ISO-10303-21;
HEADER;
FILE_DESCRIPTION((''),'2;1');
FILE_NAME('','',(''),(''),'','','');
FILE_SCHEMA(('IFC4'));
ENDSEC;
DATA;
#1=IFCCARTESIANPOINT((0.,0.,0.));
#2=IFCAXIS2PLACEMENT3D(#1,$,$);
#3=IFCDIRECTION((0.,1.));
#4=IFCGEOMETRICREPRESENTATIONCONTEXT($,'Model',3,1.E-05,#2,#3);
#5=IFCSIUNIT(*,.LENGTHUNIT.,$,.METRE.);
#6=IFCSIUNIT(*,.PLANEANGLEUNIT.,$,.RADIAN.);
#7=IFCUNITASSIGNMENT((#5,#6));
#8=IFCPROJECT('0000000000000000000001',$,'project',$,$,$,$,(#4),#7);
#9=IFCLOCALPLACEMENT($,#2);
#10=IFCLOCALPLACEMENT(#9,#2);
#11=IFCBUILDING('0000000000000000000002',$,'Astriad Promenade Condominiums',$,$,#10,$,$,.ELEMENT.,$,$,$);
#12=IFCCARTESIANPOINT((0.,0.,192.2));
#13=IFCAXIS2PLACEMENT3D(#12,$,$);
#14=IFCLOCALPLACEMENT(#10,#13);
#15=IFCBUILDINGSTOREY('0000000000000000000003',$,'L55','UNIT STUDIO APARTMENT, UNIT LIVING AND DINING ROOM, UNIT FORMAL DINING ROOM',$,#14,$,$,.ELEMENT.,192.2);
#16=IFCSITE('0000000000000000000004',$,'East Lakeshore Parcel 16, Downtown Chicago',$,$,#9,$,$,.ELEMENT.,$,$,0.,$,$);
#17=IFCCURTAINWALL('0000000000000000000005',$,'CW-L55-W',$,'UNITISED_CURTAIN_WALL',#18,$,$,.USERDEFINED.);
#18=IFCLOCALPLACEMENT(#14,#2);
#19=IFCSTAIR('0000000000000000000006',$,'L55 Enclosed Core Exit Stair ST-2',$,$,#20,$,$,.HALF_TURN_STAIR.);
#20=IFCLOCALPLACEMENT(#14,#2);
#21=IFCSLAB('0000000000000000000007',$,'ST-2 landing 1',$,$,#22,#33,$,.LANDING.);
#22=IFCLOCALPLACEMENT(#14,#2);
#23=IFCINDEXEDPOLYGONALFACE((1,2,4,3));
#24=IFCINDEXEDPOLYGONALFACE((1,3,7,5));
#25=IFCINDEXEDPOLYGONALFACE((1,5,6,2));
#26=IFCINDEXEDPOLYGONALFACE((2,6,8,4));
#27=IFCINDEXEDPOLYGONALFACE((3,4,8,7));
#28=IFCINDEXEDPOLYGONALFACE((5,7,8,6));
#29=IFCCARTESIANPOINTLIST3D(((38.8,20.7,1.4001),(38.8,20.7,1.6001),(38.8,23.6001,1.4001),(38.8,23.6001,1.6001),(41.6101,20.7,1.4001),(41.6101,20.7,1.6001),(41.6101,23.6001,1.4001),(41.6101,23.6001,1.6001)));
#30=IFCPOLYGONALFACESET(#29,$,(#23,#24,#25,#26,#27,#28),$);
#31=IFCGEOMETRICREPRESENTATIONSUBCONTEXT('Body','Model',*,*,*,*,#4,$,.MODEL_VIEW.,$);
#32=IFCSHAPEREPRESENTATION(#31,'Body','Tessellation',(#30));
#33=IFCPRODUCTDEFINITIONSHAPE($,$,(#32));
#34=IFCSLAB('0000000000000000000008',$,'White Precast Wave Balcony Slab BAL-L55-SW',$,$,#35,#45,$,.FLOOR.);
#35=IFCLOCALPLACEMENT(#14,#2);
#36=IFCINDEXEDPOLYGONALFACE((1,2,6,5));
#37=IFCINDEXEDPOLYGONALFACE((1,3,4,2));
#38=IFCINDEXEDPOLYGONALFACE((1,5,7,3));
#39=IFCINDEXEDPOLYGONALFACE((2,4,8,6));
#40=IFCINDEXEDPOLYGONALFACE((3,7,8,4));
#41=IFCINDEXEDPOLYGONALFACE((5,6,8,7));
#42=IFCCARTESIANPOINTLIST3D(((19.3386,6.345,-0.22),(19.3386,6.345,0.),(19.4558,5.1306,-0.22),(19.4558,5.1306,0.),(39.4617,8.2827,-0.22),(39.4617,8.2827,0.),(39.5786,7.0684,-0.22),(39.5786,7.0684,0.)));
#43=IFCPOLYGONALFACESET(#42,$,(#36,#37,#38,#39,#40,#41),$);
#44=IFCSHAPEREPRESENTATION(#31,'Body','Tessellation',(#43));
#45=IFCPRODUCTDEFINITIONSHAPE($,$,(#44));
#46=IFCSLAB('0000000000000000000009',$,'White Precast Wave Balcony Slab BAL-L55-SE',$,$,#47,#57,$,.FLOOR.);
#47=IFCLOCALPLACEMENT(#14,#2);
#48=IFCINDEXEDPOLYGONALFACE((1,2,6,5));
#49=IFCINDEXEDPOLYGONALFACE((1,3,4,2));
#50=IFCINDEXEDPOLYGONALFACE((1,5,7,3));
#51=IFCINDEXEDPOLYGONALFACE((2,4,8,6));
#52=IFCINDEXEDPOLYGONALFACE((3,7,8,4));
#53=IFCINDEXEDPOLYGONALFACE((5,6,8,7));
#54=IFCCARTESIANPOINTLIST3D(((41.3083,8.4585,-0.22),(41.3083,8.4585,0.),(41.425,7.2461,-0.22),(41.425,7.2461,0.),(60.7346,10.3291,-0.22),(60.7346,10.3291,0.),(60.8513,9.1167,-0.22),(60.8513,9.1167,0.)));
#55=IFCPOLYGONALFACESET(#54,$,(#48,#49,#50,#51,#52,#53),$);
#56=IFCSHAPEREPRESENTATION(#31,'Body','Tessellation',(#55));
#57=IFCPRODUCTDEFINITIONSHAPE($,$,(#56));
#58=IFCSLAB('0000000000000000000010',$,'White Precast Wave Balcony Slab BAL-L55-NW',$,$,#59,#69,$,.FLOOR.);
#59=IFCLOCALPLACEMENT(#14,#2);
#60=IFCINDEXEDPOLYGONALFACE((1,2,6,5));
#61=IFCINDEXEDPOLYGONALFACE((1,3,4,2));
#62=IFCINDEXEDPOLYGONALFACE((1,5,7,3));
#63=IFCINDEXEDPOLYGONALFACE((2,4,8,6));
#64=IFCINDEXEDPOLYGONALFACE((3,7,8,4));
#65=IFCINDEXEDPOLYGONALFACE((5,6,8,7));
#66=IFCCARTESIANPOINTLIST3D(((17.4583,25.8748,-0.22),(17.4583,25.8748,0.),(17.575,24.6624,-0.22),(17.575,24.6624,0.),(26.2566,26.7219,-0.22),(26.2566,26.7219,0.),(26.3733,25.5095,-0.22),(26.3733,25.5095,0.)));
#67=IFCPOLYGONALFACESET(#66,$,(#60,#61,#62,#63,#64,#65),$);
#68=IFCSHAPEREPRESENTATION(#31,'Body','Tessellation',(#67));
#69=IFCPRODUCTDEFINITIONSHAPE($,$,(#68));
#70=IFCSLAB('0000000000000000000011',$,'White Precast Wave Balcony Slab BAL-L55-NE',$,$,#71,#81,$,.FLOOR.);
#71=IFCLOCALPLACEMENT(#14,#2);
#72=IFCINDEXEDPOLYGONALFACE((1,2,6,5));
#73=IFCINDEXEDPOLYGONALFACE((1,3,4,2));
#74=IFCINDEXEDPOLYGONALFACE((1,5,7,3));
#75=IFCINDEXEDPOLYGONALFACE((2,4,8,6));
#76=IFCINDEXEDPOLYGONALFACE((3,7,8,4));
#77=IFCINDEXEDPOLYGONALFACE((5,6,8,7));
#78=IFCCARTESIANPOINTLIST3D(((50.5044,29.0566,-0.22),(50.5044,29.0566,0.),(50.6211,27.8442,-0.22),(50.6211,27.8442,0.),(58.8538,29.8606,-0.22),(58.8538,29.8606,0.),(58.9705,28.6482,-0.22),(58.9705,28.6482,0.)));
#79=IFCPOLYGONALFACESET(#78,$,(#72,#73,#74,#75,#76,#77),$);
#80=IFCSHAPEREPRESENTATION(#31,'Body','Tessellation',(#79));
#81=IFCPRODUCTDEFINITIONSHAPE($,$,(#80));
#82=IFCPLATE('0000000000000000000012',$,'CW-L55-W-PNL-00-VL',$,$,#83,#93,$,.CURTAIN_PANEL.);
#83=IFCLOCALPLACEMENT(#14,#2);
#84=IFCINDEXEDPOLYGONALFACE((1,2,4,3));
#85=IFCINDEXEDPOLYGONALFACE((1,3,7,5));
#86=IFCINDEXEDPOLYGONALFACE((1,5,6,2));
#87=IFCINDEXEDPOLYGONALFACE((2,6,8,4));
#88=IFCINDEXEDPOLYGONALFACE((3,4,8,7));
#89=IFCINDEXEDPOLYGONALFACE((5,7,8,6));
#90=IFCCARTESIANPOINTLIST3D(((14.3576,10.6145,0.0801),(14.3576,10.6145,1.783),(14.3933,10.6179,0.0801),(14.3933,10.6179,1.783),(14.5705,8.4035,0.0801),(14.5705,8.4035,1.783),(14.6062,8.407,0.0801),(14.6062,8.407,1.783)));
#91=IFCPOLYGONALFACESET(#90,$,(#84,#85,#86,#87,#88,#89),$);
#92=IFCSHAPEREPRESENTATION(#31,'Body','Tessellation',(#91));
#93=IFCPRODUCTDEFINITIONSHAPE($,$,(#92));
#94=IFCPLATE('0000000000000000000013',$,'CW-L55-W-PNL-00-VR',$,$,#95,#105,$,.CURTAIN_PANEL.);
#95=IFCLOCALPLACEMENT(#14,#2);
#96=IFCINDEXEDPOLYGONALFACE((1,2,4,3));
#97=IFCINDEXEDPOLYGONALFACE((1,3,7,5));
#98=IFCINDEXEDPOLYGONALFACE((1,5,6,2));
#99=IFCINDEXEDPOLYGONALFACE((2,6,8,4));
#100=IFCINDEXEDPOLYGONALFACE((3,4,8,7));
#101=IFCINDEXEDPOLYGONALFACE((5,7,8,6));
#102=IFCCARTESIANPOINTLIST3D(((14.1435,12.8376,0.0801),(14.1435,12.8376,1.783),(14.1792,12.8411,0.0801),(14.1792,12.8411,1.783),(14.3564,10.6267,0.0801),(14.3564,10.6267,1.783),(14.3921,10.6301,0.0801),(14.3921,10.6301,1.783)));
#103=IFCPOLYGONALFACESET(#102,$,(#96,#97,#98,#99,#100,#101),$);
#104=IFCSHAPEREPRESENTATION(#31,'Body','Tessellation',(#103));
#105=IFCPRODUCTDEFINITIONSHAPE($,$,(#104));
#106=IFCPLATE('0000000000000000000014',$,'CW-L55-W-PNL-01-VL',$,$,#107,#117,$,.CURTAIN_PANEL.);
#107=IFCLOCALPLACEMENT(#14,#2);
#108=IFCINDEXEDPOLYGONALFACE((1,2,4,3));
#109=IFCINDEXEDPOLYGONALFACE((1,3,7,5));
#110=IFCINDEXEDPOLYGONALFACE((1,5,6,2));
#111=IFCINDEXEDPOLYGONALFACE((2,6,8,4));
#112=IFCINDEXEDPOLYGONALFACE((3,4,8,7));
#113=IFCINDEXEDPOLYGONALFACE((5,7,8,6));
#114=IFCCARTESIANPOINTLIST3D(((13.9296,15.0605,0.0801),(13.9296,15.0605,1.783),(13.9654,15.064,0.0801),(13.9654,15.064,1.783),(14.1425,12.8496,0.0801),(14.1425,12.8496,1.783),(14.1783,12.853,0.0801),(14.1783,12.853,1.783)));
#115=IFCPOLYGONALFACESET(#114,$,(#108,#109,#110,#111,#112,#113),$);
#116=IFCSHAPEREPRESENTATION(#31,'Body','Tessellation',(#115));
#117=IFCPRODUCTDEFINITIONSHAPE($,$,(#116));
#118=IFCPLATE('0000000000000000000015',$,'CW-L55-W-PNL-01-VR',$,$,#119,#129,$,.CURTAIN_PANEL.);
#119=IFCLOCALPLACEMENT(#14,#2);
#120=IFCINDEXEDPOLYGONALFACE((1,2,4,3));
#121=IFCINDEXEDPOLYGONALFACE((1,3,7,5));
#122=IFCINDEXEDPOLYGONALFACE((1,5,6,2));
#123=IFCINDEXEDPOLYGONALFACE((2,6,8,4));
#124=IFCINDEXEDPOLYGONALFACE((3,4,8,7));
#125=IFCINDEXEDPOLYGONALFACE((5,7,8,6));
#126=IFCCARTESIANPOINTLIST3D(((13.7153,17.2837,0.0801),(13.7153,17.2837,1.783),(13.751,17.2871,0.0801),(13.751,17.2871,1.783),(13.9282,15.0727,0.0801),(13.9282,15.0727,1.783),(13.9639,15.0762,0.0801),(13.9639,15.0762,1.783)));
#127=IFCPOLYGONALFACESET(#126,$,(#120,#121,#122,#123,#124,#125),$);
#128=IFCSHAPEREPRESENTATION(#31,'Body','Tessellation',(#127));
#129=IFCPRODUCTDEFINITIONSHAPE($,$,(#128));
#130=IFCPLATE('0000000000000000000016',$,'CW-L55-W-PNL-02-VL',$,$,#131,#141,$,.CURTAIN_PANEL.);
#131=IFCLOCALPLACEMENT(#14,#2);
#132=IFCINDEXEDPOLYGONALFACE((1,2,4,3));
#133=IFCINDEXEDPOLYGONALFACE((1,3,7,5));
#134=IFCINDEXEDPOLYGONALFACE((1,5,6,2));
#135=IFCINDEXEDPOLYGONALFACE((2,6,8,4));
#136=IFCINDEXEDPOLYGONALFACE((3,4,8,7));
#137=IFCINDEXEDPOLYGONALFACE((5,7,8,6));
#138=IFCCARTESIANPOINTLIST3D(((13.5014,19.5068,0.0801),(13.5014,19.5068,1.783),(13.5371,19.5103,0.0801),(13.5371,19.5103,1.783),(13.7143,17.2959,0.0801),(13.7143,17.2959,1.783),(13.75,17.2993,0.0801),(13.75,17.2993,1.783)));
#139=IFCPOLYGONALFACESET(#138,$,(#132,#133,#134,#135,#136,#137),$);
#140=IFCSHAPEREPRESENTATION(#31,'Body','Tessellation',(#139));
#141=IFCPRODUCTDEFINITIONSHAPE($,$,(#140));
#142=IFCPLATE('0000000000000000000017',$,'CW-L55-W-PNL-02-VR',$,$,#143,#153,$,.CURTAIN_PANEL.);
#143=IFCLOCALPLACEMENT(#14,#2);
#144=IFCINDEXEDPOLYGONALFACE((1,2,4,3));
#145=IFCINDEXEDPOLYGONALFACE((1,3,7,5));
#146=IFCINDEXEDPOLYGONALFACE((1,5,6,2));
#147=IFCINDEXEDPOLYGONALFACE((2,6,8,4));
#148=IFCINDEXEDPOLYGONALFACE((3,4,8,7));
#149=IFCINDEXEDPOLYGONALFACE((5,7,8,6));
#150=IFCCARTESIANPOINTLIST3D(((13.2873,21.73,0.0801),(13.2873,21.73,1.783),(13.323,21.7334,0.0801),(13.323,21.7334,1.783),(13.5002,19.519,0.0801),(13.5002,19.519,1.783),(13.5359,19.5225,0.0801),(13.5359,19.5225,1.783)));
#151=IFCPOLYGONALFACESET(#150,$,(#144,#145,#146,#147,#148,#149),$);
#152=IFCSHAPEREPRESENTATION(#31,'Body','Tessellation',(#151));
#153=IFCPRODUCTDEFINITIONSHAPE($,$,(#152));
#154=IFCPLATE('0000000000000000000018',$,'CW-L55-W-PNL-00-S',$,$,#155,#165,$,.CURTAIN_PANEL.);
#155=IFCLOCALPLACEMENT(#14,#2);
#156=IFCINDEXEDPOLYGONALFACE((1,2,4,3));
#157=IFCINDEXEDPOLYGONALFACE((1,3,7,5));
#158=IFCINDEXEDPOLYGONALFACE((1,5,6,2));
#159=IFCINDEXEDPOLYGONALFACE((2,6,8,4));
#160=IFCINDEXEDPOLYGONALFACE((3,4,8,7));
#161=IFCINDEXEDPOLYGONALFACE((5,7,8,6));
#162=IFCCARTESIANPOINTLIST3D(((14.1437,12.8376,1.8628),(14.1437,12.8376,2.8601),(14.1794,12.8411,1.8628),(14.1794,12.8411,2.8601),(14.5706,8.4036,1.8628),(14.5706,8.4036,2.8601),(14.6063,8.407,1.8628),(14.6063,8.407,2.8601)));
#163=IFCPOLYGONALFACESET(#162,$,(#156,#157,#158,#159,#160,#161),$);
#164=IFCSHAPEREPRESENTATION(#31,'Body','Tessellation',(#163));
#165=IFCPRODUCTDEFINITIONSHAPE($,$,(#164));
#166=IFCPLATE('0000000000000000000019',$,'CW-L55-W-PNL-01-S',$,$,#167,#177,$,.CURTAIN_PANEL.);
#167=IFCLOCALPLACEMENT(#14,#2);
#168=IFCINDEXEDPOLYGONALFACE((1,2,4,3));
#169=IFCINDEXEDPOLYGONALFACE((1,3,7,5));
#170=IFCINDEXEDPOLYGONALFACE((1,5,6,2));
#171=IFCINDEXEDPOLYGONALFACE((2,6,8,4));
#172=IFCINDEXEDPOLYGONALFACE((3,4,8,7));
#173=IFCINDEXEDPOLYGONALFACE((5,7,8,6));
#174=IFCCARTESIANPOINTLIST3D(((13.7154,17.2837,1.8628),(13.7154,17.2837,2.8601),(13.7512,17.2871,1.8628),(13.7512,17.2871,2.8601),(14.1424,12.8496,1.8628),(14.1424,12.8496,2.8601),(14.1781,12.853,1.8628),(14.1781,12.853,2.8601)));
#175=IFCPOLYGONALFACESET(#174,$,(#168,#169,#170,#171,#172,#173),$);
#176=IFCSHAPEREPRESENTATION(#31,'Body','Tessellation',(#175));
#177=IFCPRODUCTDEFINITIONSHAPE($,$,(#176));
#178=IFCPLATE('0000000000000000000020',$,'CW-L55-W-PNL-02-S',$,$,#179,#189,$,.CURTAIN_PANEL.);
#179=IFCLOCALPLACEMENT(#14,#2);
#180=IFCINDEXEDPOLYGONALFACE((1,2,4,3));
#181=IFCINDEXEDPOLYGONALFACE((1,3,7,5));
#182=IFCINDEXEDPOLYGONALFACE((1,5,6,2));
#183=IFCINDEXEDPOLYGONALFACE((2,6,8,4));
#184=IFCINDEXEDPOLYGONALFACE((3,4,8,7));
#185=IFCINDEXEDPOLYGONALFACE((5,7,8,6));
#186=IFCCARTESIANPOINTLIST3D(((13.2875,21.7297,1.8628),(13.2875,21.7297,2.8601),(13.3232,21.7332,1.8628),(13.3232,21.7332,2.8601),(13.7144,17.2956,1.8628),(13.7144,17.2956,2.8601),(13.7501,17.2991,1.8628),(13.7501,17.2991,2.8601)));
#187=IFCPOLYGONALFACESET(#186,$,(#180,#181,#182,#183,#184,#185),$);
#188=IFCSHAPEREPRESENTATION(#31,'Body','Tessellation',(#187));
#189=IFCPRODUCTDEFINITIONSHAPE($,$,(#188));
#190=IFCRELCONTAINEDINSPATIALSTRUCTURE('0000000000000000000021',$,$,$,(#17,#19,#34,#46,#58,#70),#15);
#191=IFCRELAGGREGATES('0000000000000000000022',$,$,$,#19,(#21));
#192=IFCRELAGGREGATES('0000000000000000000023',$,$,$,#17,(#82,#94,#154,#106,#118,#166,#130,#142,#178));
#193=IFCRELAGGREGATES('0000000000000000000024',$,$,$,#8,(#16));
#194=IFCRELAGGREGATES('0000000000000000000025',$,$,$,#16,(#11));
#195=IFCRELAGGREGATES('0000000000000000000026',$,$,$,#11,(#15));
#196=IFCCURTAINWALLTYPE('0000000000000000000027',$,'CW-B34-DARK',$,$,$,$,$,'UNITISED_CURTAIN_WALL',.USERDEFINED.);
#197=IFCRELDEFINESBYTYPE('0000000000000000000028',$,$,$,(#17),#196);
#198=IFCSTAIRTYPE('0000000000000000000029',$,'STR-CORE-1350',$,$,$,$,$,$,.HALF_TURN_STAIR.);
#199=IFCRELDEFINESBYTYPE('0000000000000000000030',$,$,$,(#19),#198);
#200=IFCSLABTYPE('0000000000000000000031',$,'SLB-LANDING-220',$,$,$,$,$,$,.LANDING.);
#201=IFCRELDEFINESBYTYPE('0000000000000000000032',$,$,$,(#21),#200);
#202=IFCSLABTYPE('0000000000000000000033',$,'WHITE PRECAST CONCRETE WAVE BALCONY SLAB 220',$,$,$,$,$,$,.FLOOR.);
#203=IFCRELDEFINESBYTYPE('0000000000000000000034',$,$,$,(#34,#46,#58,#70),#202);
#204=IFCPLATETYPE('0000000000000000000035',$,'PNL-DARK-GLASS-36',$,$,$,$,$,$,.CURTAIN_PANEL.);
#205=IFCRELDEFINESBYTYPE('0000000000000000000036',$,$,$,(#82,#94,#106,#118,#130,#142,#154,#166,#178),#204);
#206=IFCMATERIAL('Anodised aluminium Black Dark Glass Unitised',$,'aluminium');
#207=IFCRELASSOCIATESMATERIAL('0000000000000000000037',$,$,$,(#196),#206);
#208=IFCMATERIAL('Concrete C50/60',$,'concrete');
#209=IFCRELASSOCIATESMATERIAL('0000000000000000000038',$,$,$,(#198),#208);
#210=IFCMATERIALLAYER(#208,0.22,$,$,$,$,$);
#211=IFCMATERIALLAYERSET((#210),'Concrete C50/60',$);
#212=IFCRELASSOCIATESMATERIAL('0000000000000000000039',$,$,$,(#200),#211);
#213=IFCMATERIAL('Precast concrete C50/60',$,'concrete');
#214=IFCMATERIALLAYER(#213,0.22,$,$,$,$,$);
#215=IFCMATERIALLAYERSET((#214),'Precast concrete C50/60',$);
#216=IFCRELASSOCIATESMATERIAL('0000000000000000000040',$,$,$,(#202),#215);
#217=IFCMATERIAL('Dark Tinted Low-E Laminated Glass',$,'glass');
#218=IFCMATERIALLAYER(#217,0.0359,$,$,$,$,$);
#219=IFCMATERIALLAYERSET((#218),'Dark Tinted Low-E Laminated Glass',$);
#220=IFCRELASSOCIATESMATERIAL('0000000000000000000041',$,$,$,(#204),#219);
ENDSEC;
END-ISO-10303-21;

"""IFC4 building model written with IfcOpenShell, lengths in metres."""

from ifc_helpers import new_model, si_unit, direction, frame, origin, origin_2d, place, context, subcontext, project, spatial, polyline, rectangle, outline, extrude, source, transform, mapped, material, layer, layer_set, type_object, type_shapes, element, aggregate, save


model = new_model("IFC4")

# Units and contexts
model_context = context("Model", 3, precision=1e-05, world=origin(), true_north=direction((0.0, 1.0)))
body_context = subcontext(model_context, "Body", "Model", "MODEL_VIEW")
ifc_project = project(units=[si_unit("LENGTHUNIT", "METRE"), si_unit("PLANEANGLEUNIT", "RADIAN")], contexts=[model_context])

# Site, building, storey
site_placement = place(None, origin())
site = spatial("IfcSite", under=ifc_project, at=site_placement, Name="East Lakeshore Parcel 16, Downtown Chicago", CompositionType="ELEMENT", RefElevation=0.0)
building_placement = place(site_placement, origin())
building = spatial("IfcBuilding", under=site, at=building_placement, Name="Astriad Promenade Condominiums", CompositionType="ELEMENT")
storey_placement = place(building_placement, frame((0.0, 0.0, 192.2)))
storey = spatial("IfcBuildingStorey", under=building, at=storey_placement, Name="L55", Description="UNIT STUDIO APARTMENT, UNIT LIVING AND DINING ROOM, UNIT FORMAL DINING ROOM", CompositionType="ELEMENT", Elevation=192.2)

# Curtain wall
ifc_material_1 = material(Name="Anodised aluminium Black Dark Glass Unitised", Category="aluminium")
curtain_wall_type = type_object("IfcCurtainWallType", Name="CW-B34-DARK", ElementType="UNITISED_CURTAIN_WALL", PredefinedType="USERDEFINED", material=ifc_material_1)
curtain_wall_placement = place(storey_placement, origin())
curtain_wall = element("IfcCurtainWall", 1, at=curtain_wall_placement, inside=storey, type_object=curtain_wall_type, Name="CW-L55-W", ObjectType="UNITISED_CURTAIN_WALL", PredefinedType="USERDEFINED")

# Shared definitions
ifc_material_2 = material(Name="Concrete C50/60", Category="concrete")

# Stair, slab
stair_type = type_object("IfcStairType", Name="STR-CORE-1350", PredefinedType="HALF_TURN_STAIR", material=ifc_material_2)
ifc_layer_1 = layer(ifc_material_2, 0.22)
ifc_layer_set_1 = layer_set([ifc_layer_1], Name="Concrete C50/60")
slab_type_1 = type_object("IfcSlabType", Name="SLB-LANDING-220", PredefinedType="LANDING", material=ifc_layer_set_1)
stair_1_placement = place(storey_placement, origin())
stair_1 = element("IfcStair", 2, at=stair_1_placement, inside=storey, type_object=stair_type, Name="L55 Enclosed Core Exit Stair ST-2", PredefinedType="HALF_TURN_STAIR")
slab_1_placement = place(storey_placement, frame((0.0, 0.0, 1.4001)))
slab_1 = element("IfcSlab", 3, at=slab_1_placement, type_object=slab_type_1, Name="ST-2 landing 1", PredefinedType="LANDING", context=body_context, shape_type="SweptSolid", body=[
    extrude(outline(polyline([(41.6101, 23.6001), (38.8, 23.6001), (38.8, 20.7), (41.6101, 20.7), (41.6101, 23.6001)])), origin(), (0.0, 0.0, 1.0), 0.2),
])
aggregate(stair_1, [slab_1])

# Slabs
ifc_material_3 = material(Name="Precast concrete C50/60", Category="concrete")
ifc_layer_2 = layer(ifc_material_3, 0.22)
ifc_layer_set_2 = layer_set([ifc_layer_2], Name="Precast concrete C50/60")
slab_type_2 = type_object("IfcSlabType", Name="WHITE PRECAST CONCRETE WAVE BALCONY SLAB 220", PredefinedType="FLOOR", material=ifc_layer_set_2)
slab_2_placement = place(storey_placement, frame((0.0, 0.0, -0.22)))
element("IfcSlab", 4, at=slab_2_placement, inside=storey, type_object=slab_type_2, Name="White Precast Wave Balcony Slab BAL-L55-SW", PredefinedType="FLOOR", context=body_context, shape_type="SweptSolid", body=[
    extrude(outline(polyline([(19.4558, 5.1306), (39.5786, 7.0684), (39.4617, 8.2827), (19.3386, 6.345), (19.4558, 5.1306)])), origin(), (0.0, 0.0, 1.0), 0.22),
])
slab_3_placement = place(storey_placement, frame((0.0, 0.0, -0.22)))
element("IfcSlab", 5, at=slab_3_placement, inside=storey, type_object=slab_type_2, Name="White Precast Wave Balcony Slab BAL-L55-SE", PredefinedType="FLOOR", context=body_context, shape_type="SweptSolid", body=[
    extrude(outline(polyline([(60.8513, 9.1167), (41.425, 7.2461), (41.3083, 8.4585), (60.7346, 10.3291), (60.8513, 9.1167)])), origin(), (0.0, 0.0, 1.0), 0.22),
])
slab_4_placement = place(storey_placement, frame((0.0, 0.0, -0.22)))
element("IfcSlab", 6, at=slab_4_placement, inside=storey, type_object=slab_type_2, Name="White Precast Wave Balcony Slab BAL-L55-NW", PredefinedType="FLOOR", context=body_context, shape_type="SweptSolid", body=[
    extrude(outline(polyline([(17.4583, 25.8748), (26.2566, 26.7219), (26.3733, 25.5095), (17.575, 24.6624), (17.4583, 25.8748)])), origin(), (0.0, 0.0, 1.0), 0.22),
])
slab_5_placement = place(storey_placement, frame((0.0, 0.0, -0.22)))
element("IfcSlab", 7, at=slab_5_placement, inside=storey, type_object=slab_type_2, Name="White Precast Wave Balcony Slab BAL-L55-NE", PredefinedType="FLOOR", context=body_context, shape_type="SweptSolid", body=[
    extrude(outline(polyline([(50.5044, 29.0566), (58.8538, 29.8606), (58.9705, 28.6482), (50.6211, 27.8442), (50.5044, 29.0566)])), origin(), (0.0, 0.0, 1.0), 0.22),
])

# Plates
ifc_material_4 = material(Name="Dark Tinted Low-E Laminated Glass", Category="glass")
ifc_layer_3 = layer(ifc_material_4, 0.0359)
ifc_layer_set_3 = layer_set([ifc_layer_3], Name="Dark Tinted Low-E Laminated Glass")
plate_type = type_object("IfcPlateType", Name="PNL-DARK-GLASS-36", PredefinedType="CURTAIN_PANEL", material=ifc_layer_set_3)
shared_shape_1 = source(origin(), body_context, "Body", "SweptSolid", [
    extrude(rectangle(XDim=2.2212, YDim=0.0359, at=origin_2d()), origin(), (0.0, 0.0, 1.0), 1.7029),
])
plate_1_placement = place(storey_placement, frame((14.4819, 9.5107, 0.0801), z_axis=(0.0, 0.0, 1.0), x_axis=(-0.095846, 0.995396, 0.0)))
plate_1 = element("IfcPlate", 8, at=plate_1_placement, type_object=plate_type, Name="CW-L55-W-PNL-00-VL", PredefinedType="CURTAIN_PANEL", context=body_context, shape_type="MappedRepresentation", body=[
    mapped(shared_shape_1, transform((0.0, 0.0, 0.0), scale=1.0)),
])
plate_2_placement = place(storey_placement, frame((14.2678, 11.7339, 0.0801), z_axis=(0.0, 0.0, 1.0), x_axis=(-0.095846, 0.995396, 0.0)))
plate_2 = element("IfcPlate", 9, at=plate_2_placement, type_object=plate_type, Name="CW-L55-W-PNL-00-VR", PredefinedType="CURTAIN_PANEL", context=body_context, shape_type="MappedRepresentation", body=[
    mapped(shared_shape_1, transform((0.0, 0.0, 0.0), scale=1.0)),
])
plate_3_placement = place(storey_placement, frame((14.054, 13.9568, 0.0801), z_axis=(0.0, 0.0, 1.0), x_axis=(-0.095846, 0.995396, 0.0)))
plate_3 = element("IfcPlate", 10, at=plate_3_placement, type_object=plate_type, Name="CW-L55-W-PNL-01-VL", PredefinedType="CURTAIN_PANEL", context=body_context, shape_type="MappedRepresentation", body=[
    mapped(shared_shape_1, transform((0.0, 0.0, 0.0), scale=1.0)),
])
plate_4_placement = place(storey_placement, frame((13.8396, 16.1799, 0.0801), z_axis=(0.0, 0.0, 1.0), x_axis=(-0.095846, 0.995396, 0.0)))
plate_4 = element("IfcPlate", 11, at=plate_4_placement, type_object=plate_type, Name="CW-L55-W-PNL-01-VR", PredefinedType="CURTAIN_PANEL", context=body_context, shape_type="MappedRepresentation", body=[
    mapped(shared_shape_1, transform((0.0, 0.0, 0.0), scale=1.0)),
])
plate_5_placement = place(storey_placement, frame((13.6257, 18.4031, 0.0801), z_axis=(0.0, 0.0, 1.0), x_axis=(-0.095846, 0.995396, 0.0)))
plate_5 = element("IfcPlate", 12, at=plate_5_placement, type_object=plate_type, Name="CW-L55-W-PNL-02-VL", PredefinedType="CURTAIN_PANEL", context=body_context, shape_type="MappedRepresentation", body=[
    mapped(shared_shape_1, transform((0.0, 0.0, 0.0), scale=1.0)),
])
plate_6_placement = place(storey_placement, frame((13.4116, 20.6262, 0.0801), z_axis=(0.0, 0.0, 1.0), x_axis=(-0.095846, 0.995396, 0.0)))
plate_6 = element("IfcPlate", 13, at=plate_6_placement, type_object=plate_type, Name="CW-L55-W-PNL-02-VR", PredefinedType="CURTAIN_PANEL", context=body_context, shape_type="MappedRepresentation", body=[
    mapped(shared_shape_1, transform((0.0, 0.0, 0.0), scale=1.0)),
])
shared_shape_2 = source(origin(), body_context, "Body", "SweptSolid", [
    extrude(rectangle(XDim=4.4546, YDim=0.0359, at=origin_2d()), origin(), (0.0, 0.0, 1.0), 0.9973),
])
type_shapes(plate_type, [shared_shape_1, shared_shape_2])
plate_7_placement = place(storey_placement, frame((14.375, 10.6223, 1.8628), z_axis=(0.0, 0.0, 1.0), x_axis=(-0.095846, 0.995396, 0.0)))
plate_7 = element("IfcPlate", 14, at=plate_7_placement, type_object=plate_type, Name="CW-L55-W-PNL-00-S", PredefinedType="CURTAIN_PANEL", context=body_context, shape_type="MappedRepresentation", body=[
    mapped(shared_shape_2, transform((0.0, 0.0, 0.0), scale=1.0)),
])
plate_8_placement = place(storey_placement, frame((13.9468, 15.0684, 1.8628), z_axis=(0.0, 0.0, 1.0), x_axis=(-0.095846, 0.995396, 0.0)))
plate_8 = element("IfcPlate", 15, at=plate_8_placement, type_object=plate_type, Name="CW-L55-W-PNL-01-S", PredefinedType="CURTAIN_PANEL", context=body_context, shape_type="MappedRepresentation", body=[
    mapped(shared_shape_2, transform((0.0, 0.0, 0.0), scale=1.0)),
])
plate_9_placement = place(storey_placement, frame((13.5188, 19.5144, 1.8628), z_axis=(0.0, 0.0, 1.0), x_axis=(-0.095846, 0.995396, 0.0)))
plate_9 = element("IfcPlate", 16, at=plate_9_placement, type_object=plate_type, Name="CW-L55-W-PNL-02-S", PredefinedType="CURTAIN_PANEL", context=body_context, shape_type="MappedRepresentation", body=[
    mapped(shared_shape_2, transform((0.0, 0.0, 0.0), scale=1.0)),
])
aggregate(curtain_wall, [plate_1, plate_2, plate_7, plate_3, plate_4, plate_8, plate_5, plate_6, plate_9])

save(model, "model.ifc")
